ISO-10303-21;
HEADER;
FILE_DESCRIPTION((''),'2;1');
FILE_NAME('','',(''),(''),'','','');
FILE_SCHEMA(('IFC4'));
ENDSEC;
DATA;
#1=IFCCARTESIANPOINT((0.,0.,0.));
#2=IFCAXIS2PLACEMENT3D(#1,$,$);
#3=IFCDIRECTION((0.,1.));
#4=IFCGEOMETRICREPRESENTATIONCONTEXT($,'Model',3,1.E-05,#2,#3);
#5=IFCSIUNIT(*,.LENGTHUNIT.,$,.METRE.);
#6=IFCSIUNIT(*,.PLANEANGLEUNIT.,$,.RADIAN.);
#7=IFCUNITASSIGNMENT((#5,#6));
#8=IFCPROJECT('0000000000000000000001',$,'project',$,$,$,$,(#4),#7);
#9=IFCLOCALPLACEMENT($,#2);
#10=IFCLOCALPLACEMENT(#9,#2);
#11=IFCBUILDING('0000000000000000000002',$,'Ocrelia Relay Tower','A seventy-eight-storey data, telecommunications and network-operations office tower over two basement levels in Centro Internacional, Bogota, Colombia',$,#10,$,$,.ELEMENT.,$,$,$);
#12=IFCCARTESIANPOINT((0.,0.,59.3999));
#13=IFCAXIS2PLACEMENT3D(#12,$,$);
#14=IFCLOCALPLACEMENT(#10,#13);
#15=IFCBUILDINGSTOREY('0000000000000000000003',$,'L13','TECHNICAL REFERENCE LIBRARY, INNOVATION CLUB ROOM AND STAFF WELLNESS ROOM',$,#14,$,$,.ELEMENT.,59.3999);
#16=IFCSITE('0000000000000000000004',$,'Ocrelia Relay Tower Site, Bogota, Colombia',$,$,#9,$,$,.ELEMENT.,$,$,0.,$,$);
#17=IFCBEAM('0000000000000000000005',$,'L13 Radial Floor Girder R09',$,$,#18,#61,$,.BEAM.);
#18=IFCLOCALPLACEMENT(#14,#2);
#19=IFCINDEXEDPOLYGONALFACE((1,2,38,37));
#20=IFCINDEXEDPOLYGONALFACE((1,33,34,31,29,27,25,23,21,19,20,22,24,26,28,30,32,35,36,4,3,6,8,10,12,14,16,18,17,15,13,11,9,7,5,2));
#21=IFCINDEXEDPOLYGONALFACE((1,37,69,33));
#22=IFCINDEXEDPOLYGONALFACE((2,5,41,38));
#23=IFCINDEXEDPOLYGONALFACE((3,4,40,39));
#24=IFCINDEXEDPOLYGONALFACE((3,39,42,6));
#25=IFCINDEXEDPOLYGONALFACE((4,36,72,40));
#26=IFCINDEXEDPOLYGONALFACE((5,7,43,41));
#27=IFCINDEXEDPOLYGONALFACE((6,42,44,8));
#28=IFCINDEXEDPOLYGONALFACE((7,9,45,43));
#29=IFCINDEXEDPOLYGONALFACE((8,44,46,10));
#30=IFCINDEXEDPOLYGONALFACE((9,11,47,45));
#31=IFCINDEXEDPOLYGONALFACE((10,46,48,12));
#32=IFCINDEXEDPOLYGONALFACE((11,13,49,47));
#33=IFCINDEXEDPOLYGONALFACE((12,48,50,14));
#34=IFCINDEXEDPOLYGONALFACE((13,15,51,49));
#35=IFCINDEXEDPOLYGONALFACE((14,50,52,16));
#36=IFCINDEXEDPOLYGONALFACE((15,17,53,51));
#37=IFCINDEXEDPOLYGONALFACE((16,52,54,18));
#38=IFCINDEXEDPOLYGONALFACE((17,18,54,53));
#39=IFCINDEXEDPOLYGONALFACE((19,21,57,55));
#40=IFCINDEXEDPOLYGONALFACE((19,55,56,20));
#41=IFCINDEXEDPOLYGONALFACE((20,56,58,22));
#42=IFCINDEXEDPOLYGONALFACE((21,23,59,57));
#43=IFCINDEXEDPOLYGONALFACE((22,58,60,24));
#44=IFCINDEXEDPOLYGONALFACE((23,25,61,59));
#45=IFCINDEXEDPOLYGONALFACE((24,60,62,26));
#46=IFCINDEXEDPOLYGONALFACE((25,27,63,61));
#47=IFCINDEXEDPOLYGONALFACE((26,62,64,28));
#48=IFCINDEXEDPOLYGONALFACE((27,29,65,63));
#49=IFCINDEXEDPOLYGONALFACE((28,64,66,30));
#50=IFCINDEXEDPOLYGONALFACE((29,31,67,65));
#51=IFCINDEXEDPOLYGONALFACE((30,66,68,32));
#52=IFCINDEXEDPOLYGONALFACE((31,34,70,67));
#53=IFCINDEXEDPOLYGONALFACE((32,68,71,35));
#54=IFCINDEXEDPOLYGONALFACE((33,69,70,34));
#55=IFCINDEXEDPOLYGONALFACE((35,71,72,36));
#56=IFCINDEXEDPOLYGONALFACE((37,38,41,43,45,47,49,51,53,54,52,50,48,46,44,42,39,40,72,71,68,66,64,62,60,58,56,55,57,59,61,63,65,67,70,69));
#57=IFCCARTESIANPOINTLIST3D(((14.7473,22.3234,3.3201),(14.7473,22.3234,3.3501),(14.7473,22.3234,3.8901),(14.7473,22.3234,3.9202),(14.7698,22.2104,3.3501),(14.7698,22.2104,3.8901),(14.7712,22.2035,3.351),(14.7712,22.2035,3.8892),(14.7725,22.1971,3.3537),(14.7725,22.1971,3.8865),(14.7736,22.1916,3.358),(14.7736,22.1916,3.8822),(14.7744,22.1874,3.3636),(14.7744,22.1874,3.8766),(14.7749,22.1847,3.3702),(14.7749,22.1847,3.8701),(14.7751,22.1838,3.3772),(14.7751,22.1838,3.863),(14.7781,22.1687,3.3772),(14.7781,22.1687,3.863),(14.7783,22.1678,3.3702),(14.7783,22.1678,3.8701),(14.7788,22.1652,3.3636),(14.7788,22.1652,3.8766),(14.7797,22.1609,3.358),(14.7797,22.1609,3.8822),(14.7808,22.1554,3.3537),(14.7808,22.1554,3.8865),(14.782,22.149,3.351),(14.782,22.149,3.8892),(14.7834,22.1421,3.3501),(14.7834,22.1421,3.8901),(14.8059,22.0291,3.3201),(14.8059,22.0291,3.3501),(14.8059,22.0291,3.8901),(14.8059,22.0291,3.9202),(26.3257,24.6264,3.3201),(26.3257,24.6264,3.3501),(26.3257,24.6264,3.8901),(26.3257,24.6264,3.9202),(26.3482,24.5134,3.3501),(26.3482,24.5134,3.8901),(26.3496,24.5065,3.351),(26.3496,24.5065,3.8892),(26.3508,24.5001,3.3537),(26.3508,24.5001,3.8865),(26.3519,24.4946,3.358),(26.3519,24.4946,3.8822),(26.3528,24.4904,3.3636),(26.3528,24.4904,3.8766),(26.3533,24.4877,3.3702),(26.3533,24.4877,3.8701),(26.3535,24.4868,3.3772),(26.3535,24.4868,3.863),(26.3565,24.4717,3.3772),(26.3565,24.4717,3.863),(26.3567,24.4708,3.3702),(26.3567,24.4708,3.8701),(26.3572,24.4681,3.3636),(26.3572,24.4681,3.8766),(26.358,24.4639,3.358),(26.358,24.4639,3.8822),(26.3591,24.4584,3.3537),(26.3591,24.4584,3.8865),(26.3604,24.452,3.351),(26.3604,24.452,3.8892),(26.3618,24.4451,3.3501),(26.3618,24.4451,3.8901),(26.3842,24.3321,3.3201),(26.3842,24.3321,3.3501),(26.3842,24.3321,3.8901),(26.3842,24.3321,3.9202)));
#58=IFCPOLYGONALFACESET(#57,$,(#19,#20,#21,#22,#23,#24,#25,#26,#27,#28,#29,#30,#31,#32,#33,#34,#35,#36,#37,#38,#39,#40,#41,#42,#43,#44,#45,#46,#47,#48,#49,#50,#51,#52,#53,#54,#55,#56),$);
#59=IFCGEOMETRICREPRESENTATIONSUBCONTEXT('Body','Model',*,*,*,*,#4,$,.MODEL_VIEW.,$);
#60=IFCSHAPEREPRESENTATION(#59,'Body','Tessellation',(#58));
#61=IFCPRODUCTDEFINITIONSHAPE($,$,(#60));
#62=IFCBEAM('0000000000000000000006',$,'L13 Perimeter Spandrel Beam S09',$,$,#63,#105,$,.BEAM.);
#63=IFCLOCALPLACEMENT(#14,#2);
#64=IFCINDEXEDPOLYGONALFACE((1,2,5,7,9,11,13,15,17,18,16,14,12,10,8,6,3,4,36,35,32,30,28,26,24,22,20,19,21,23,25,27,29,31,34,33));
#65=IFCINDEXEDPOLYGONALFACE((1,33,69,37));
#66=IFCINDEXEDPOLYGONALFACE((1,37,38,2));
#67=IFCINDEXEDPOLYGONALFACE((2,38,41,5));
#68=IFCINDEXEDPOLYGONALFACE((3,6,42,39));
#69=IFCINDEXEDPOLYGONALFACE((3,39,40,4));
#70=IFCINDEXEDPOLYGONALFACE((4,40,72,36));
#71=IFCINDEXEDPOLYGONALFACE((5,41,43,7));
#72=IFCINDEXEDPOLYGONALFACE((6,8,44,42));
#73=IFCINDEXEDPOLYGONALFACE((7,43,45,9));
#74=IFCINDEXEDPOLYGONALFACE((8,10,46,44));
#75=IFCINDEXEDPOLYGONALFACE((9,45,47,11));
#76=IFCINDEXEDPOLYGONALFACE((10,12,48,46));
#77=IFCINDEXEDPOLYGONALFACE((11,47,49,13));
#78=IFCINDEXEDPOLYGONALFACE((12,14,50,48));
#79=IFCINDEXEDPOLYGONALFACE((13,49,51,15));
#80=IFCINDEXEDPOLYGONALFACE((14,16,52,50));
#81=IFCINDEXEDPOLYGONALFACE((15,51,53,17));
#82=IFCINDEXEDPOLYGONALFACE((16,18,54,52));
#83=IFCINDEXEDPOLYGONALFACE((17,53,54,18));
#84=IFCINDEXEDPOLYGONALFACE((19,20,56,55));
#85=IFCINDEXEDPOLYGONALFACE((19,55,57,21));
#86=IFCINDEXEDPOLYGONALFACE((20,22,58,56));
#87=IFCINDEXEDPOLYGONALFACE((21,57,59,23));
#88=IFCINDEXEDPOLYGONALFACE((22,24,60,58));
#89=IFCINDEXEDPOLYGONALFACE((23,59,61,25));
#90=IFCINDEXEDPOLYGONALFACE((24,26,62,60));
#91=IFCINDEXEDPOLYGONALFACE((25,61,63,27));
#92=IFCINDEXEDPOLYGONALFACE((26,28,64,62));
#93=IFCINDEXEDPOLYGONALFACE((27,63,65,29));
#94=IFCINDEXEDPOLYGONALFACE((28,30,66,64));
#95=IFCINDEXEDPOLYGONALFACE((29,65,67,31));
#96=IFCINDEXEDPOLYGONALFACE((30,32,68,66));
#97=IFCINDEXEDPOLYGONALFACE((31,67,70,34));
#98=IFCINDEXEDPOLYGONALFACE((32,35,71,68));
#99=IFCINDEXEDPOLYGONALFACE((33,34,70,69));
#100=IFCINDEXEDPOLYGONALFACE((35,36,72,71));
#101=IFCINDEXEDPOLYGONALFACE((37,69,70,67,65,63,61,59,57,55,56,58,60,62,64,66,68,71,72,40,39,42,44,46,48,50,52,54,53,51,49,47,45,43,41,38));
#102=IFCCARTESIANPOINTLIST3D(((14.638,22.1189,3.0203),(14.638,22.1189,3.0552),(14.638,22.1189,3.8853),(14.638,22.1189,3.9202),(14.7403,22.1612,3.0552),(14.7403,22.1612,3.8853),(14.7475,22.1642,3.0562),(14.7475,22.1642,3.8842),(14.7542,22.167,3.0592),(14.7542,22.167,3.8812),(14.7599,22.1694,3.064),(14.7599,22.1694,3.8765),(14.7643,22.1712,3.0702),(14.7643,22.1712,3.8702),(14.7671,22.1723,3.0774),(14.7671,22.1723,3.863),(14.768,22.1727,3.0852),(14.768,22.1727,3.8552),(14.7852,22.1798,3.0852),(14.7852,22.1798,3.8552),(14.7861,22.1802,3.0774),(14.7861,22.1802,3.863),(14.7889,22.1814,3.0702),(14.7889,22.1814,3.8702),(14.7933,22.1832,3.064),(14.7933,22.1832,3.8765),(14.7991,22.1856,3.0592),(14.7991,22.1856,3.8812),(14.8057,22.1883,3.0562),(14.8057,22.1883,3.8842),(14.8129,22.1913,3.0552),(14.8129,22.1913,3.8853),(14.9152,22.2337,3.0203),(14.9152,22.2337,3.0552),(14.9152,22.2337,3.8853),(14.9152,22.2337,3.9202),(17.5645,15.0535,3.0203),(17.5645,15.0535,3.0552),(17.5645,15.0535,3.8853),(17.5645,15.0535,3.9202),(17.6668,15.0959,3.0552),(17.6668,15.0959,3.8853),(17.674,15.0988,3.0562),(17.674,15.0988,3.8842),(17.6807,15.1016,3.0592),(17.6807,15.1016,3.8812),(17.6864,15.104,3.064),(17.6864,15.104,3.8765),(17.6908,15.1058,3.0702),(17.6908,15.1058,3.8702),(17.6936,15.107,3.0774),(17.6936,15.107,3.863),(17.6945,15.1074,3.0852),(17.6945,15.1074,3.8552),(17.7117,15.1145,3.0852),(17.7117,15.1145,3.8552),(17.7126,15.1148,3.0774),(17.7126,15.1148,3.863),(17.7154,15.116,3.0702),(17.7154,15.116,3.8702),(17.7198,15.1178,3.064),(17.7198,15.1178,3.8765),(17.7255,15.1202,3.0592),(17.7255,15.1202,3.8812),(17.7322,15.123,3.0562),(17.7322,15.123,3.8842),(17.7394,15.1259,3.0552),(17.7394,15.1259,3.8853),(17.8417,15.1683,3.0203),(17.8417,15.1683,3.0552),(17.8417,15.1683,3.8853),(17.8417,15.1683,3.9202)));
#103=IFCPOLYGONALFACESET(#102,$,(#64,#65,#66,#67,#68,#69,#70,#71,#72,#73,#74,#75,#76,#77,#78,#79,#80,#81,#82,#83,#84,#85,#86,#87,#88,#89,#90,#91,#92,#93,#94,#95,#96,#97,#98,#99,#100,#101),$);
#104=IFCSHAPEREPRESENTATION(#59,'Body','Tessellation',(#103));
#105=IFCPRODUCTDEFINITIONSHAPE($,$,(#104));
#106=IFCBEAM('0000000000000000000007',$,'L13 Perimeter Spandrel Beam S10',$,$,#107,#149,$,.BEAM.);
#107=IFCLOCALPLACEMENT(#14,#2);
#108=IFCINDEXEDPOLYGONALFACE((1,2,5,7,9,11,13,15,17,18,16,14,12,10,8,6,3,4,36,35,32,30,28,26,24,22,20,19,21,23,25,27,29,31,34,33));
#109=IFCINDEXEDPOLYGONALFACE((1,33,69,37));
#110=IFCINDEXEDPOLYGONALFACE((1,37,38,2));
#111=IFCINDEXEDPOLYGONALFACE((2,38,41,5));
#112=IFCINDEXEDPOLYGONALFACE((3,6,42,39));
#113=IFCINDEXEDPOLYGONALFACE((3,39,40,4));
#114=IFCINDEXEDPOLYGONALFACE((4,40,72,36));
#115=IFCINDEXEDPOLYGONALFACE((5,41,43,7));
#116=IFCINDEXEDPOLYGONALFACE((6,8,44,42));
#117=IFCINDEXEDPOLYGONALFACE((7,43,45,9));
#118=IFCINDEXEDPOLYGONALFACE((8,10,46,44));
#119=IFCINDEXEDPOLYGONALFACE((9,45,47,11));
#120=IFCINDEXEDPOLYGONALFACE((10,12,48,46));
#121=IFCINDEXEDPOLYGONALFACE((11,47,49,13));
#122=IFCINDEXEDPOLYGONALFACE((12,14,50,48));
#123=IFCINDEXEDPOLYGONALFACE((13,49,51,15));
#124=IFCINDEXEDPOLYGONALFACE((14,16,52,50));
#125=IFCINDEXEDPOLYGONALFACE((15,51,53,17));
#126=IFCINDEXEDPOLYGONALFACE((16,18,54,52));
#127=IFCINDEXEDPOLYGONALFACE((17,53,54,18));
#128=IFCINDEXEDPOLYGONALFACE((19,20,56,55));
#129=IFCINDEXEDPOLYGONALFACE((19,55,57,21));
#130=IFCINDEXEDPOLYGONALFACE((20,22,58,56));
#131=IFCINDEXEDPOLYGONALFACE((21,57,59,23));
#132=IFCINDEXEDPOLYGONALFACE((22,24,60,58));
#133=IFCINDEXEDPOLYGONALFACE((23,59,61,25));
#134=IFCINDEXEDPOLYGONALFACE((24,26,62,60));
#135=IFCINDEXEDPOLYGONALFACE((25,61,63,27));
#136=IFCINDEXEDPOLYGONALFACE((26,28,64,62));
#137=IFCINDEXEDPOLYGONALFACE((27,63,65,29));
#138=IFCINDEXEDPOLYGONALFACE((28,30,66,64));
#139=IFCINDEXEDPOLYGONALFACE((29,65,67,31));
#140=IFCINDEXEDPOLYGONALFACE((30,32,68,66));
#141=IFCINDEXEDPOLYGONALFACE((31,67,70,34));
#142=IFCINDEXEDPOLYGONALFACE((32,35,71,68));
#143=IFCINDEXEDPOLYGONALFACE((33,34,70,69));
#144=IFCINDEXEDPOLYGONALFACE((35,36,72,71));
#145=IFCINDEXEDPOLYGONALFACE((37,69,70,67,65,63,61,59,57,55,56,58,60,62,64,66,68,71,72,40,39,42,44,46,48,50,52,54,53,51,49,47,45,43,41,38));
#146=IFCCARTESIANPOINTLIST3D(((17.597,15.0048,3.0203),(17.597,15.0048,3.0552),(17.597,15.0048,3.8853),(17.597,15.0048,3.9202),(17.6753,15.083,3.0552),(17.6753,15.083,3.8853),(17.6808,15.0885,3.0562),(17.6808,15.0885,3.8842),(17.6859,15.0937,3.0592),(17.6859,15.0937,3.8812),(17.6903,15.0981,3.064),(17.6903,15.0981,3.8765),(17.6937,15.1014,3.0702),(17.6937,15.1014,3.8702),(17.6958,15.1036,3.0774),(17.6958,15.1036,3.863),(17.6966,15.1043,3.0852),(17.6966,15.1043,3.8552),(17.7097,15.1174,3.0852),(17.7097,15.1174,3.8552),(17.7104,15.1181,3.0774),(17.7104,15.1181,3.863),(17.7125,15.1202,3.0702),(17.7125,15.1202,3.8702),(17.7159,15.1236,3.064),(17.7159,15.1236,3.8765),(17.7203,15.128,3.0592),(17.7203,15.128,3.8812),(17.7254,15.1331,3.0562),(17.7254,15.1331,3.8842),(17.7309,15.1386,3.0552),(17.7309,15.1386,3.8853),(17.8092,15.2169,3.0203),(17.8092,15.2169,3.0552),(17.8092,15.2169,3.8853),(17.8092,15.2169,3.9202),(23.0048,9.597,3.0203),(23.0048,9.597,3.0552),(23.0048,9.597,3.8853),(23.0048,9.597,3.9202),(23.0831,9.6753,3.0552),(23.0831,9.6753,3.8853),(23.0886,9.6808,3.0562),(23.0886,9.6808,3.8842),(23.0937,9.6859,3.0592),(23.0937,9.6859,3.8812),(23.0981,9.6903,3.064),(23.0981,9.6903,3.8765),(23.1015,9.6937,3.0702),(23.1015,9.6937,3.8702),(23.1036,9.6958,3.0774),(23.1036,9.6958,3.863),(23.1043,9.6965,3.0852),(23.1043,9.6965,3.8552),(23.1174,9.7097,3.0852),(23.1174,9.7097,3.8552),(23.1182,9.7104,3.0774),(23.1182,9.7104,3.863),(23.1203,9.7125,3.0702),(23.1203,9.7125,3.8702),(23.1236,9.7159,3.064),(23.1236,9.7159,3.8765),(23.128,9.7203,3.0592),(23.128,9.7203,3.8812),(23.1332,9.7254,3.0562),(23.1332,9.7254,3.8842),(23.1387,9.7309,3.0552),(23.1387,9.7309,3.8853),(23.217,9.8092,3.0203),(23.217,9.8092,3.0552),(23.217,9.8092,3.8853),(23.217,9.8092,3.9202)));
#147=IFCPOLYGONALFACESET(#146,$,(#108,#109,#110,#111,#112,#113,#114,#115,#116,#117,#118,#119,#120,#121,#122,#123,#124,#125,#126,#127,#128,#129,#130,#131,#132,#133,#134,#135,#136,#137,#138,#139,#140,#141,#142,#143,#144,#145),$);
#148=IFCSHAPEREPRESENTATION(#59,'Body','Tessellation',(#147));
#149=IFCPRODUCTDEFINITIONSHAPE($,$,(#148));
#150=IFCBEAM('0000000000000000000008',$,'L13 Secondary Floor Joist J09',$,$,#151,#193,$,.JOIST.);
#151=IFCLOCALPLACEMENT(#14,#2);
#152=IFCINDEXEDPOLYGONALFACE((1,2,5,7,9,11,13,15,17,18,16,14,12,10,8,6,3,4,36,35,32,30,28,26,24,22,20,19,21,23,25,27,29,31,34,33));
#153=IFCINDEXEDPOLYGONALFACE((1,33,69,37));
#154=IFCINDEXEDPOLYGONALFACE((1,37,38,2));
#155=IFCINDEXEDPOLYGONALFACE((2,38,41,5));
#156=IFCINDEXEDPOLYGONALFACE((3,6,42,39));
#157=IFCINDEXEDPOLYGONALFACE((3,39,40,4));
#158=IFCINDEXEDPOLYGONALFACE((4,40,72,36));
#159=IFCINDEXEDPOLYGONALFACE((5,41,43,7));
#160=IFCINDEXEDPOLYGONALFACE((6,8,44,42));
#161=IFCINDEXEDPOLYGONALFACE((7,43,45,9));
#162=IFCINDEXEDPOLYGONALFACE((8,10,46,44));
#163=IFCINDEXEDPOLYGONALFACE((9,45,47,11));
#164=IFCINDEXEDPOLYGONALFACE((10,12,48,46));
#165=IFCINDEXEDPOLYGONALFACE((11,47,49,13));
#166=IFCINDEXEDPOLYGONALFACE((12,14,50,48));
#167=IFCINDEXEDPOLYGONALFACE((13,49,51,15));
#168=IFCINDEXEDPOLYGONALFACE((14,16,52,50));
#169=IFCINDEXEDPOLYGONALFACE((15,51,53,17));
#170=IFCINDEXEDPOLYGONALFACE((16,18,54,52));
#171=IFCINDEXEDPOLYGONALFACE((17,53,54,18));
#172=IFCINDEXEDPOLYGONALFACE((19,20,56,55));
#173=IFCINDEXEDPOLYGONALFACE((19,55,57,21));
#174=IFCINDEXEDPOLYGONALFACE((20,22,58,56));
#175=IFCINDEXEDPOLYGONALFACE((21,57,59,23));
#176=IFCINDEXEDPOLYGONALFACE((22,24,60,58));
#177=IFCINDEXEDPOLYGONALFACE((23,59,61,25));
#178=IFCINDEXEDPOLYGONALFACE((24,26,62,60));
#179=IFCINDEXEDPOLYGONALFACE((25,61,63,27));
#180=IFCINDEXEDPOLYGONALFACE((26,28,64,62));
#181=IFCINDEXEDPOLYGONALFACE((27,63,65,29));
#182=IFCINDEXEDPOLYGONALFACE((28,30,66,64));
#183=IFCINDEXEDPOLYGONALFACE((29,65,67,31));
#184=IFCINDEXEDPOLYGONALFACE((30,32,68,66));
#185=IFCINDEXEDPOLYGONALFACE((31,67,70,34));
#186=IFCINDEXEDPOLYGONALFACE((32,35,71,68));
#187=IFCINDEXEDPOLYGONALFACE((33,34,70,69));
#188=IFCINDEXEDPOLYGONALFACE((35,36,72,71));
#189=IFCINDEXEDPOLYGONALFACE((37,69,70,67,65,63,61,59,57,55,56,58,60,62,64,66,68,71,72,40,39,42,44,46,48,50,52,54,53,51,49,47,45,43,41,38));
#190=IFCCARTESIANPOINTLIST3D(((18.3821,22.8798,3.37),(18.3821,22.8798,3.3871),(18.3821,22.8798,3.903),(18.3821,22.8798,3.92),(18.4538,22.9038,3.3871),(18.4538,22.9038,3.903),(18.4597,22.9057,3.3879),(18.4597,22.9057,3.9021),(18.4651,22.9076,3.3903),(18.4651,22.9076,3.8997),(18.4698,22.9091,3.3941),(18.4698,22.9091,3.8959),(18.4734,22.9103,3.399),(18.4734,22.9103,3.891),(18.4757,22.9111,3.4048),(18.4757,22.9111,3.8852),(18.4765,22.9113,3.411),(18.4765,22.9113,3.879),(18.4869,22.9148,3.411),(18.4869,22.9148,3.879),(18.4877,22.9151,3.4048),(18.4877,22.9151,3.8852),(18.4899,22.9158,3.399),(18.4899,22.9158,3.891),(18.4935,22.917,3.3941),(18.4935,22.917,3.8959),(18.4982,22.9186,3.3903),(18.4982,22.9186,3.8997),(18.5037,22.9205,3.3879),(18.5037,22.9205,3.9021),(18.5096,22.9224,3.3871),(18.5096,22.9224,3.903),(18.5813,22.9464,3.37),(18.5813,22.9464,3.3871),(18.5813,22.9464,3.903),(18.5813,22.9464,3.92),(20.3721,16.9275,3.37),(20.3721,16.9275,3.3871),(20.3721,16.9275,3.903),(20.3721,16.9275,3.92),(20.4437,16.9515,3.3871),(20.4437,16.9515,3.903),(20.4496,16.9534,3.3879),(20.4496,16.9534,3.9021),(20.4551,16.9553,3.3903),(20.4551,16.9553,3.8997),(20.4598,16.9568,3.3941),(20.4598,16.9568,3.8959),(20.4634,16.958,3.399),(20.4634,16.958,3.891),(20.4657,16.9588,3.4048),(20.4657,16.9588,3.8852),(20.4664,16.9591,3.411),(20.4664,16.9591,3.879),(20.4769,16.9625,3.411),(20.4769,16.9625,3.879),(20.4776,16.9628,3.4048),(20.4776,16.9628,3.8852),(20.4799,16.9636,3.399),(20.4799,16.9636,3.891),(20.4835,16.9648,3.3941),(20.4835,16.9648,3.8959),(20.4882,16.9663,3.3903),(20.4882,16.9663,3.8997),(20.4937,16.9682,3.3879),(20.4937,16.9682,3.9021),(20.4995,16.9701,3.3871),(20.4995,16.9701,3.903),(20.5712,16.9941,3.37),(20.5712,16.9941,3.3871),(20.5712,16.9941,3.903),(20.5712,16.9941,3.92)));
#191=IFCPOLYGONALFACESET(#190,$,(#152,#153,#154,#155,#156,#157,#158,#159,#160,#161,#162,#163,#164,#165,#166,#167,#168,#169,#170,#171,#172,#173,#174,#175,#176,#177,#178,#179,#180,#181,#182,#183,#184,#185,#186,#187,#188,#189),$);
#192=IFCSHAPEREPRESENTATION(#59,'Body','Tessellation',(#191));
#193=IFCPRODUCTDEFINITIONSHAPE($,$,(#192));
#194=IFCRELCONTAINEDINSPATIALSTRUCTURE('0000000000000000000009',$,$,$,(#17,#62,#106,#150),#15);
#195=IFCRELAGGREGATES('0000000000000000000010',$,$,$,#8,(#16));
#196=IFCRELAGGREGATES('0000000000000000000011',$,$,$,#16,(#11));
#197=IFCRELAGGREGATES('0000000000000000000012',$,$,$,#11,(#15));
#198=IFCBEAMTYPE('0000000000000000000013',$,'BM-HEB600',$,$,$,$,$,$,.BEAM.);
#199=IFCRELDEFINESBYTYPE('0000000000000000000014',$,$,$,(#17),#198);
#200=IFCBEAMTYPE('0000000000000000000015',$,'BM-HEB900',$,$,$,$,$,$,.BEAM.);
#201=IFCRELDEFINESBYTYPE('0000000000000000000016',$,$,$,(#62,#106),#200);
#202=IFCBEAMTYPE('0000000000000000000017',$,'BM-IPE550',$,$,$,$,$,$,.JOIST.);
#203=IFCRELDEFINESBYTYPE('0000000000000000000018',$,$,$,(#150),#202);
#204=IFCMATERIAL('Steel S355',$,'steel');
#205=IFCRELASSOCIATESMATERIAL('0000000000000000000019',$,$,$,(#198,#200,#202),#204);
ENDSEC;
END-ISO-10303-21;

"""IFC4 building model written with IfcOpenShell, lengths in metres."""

from ifc_helpers import new_model, si_unit, direction, frame, origin, origin_2d, place, context, subcontext, project, spatial, i_section, extrude, material, material_profile, profile_set, type_object, element, save


model = new_model("IFC4")

# Units and contexts
model_context = context("Model", 3, precision=1e-05, world=origin(), true_north=direction((0.0, 1.0)))
body_context = subcontext(model_context, "Body", "Model", "MODEL_VIEW")
ifc_project = project(units=[si_unit("LENGTHUNIT", "METRE"), si_unit("PLANEANGLEUNIT", "RADIAN")], contexts=[model_context])

# Site, building, storey
site_placement = place(None, origin())
site = spatial("IfcSite", under=ifc_project, at=site_placement, Name="Ocrelia Relay Tower Site, Bogota, Colombia", CompositionType="ELEMENT", RefElevation=0.0)
building_placement = place(site_placement, origin())
building = spatial("IfcBuilding", under=site, at=building_placement, Name="Ocrelia Relay Tower", Description="A seventy-eight-storey data, telecommunications and network-operations office tower over two basement levels in Centro Internacional, Bogota, Colombia", CompositionType="ELEMENT")
storey_placement = place(building_placement, frame((0.0, 0.0, 59.3999)))
storey = spatial("IfcBuildingStorey", under=building, at=storey_placement, Name="L13", Description="TECHNICAL REFERENCE LIBRARY, INNOVATION CLUB ROOM AND STAFF WELLNESS ROOM", CompositionType="ELEMENT", Elevation=59.3999)

# Beams
ifc_material_1 = material(Name="Steel S355", Category="steel")
ifc_material_profile_1 = material_profile(ifc_material_1, i_section(OverallWidth=0.3, OverallDepth=0.6001, WebThickness=0.0154, FlangeThickness=0.03, FilletRadius=0.0271, at=origin_2d()), Name="HEB 600")
ifc_profile_set_1 = profile_set([ifc_material_profile_1], Name="Steel S355")
beam_type_1 = type_object("IfcBeamType", Name="BM-HEB600", PredefinedType="BEAM", material=ifc_profile_set_1)
beam_1_placement = place(storey_placement, frame((14.7766, 22.1763, 3.6201), z_axis=(0.980787, 0.195082, 0.0), x_axis=(-0.195082, 0.980787, 0.0)))
element("IfcBeam", 1, at=beam_1_placement, inside=storey, type_object=beam_type_1, Name="L13 Radial Floor Girder R09", PredefinedType="BEAM", context=body_context, shape_type="SweptSolid", body=[
    extrude(i_section(OverallWidth=0.3, OverallDepth=0.6001, WebThickness=0.0154, FlangeThickness=0.03, FilletRadius=0.0271, at=origin_2d()), origin(), (0.0, 0.0, 1.0), 11.8052),
])
ifc_material_profile_2 = material_profile(ifc_material_1, i_section(OverallWidth=0.3, OverallDepth=0.8999, WebThickness=0.0186, FlangeThickness=0.0349, FilletRadius=0.03, at=origin_2d()), Name="HEB 900")
ifc_profile_set_2 = profile_set([ifc_material_profile_2], Name="Steel S355")
beam_type_2 = type_object("IfcBeamType", Name="BM-HEB900", PredefinedType="BEAM", material=ifc_profile_set_2)
beam_2_placement = place(storey_placement, frame((14.7766, 22.1763, 3.4702), z_axis=(0.382674, -0.923883, 0.0), x_axis=(0.923883, 0.382674, 0.0)))
element("IfcBeam", 2, at=beam_2_placement, inside=storey, type_object=beam_type_2, Name="L13 Perimeter Spandrel Beam S09", PredefinedType="BEAM", context=body_context, shape_type="SweptSolid", body=[
    extrude(i_section(OverallWidth=0.3, OverallDepth=0.8999, WebThickness=0.0186, FlangeThickness=0.0349, FilletRadius=0.03, at=origin_2d()), origin(), (0.0, 0.0, 1.0), 7.6475),
])
beam_3_placement = place(storey_placement, frame((17.7031, 15.1108, 3.4702), z_axis=(0.707107, -0.707107, 0.0), x_axis=(0.707107, 0.707107, 0.0)))
element("IfcBeam", 3, at=beam_3_placement, inside=storey, type_object=beam_type_2, Name="L13 Perimeter Spandrel Beam S10", PredefinedType="BEAM", context=body_context, shape_type="SweptSolid", body=[
    extrude(i_section(OverallWidth=0.3, OverallDepth=0.8999, WebThickness=0.0186, FlangeThickness=0.0349, FilletRadius=0.03, at=origin_2d()), origin(), (0.0, 0.0, 1.0), 7.6477),
])
ifc_material_profile_3 = material_profile(ifc_material_1, i_section(OverallWidth=0.21, OverallDepth=0.55, WebThickness=0.011, FlangeThickness=0.0171, FilletRadius=0.0239, at=origin_2d()), Name="IPE 550")
ifc_profile_set_3 = profile_set([ifc_material_profile_3], Name="Steel S355")
beam_type_3 = type_object("IfcBeamType", Name="BM-IPE550", PredefinedType="JOIST", material=ifc_profile_set_3)
beam_4_placement = place(storey_placement, frame((18.4817, 22.9131, 3.645), z_axis=(0.317068, -0.948403, 0.0), x_axis=(0.948403, 0.317068, 0.0)))
element("IfcBeam", 4, at=beam_4_placement, inside=storey, type_object=beam_type_3, Name="L13 Secondary Floor Joist J09", PredefinedType="JOIST", context=body_context, shape_type="SweptSolid", body=[
    extrude(i_section(OverallWidth=0.21, OverallDepth=0.55, WebThickness=0.011, FlangeThickness=0.0171, FilletRadius=0.0239, at=origin_2d()), origin(), (0.0, 0.0, 1.0), 6.2761),
])

save(model, "model.ifc")
